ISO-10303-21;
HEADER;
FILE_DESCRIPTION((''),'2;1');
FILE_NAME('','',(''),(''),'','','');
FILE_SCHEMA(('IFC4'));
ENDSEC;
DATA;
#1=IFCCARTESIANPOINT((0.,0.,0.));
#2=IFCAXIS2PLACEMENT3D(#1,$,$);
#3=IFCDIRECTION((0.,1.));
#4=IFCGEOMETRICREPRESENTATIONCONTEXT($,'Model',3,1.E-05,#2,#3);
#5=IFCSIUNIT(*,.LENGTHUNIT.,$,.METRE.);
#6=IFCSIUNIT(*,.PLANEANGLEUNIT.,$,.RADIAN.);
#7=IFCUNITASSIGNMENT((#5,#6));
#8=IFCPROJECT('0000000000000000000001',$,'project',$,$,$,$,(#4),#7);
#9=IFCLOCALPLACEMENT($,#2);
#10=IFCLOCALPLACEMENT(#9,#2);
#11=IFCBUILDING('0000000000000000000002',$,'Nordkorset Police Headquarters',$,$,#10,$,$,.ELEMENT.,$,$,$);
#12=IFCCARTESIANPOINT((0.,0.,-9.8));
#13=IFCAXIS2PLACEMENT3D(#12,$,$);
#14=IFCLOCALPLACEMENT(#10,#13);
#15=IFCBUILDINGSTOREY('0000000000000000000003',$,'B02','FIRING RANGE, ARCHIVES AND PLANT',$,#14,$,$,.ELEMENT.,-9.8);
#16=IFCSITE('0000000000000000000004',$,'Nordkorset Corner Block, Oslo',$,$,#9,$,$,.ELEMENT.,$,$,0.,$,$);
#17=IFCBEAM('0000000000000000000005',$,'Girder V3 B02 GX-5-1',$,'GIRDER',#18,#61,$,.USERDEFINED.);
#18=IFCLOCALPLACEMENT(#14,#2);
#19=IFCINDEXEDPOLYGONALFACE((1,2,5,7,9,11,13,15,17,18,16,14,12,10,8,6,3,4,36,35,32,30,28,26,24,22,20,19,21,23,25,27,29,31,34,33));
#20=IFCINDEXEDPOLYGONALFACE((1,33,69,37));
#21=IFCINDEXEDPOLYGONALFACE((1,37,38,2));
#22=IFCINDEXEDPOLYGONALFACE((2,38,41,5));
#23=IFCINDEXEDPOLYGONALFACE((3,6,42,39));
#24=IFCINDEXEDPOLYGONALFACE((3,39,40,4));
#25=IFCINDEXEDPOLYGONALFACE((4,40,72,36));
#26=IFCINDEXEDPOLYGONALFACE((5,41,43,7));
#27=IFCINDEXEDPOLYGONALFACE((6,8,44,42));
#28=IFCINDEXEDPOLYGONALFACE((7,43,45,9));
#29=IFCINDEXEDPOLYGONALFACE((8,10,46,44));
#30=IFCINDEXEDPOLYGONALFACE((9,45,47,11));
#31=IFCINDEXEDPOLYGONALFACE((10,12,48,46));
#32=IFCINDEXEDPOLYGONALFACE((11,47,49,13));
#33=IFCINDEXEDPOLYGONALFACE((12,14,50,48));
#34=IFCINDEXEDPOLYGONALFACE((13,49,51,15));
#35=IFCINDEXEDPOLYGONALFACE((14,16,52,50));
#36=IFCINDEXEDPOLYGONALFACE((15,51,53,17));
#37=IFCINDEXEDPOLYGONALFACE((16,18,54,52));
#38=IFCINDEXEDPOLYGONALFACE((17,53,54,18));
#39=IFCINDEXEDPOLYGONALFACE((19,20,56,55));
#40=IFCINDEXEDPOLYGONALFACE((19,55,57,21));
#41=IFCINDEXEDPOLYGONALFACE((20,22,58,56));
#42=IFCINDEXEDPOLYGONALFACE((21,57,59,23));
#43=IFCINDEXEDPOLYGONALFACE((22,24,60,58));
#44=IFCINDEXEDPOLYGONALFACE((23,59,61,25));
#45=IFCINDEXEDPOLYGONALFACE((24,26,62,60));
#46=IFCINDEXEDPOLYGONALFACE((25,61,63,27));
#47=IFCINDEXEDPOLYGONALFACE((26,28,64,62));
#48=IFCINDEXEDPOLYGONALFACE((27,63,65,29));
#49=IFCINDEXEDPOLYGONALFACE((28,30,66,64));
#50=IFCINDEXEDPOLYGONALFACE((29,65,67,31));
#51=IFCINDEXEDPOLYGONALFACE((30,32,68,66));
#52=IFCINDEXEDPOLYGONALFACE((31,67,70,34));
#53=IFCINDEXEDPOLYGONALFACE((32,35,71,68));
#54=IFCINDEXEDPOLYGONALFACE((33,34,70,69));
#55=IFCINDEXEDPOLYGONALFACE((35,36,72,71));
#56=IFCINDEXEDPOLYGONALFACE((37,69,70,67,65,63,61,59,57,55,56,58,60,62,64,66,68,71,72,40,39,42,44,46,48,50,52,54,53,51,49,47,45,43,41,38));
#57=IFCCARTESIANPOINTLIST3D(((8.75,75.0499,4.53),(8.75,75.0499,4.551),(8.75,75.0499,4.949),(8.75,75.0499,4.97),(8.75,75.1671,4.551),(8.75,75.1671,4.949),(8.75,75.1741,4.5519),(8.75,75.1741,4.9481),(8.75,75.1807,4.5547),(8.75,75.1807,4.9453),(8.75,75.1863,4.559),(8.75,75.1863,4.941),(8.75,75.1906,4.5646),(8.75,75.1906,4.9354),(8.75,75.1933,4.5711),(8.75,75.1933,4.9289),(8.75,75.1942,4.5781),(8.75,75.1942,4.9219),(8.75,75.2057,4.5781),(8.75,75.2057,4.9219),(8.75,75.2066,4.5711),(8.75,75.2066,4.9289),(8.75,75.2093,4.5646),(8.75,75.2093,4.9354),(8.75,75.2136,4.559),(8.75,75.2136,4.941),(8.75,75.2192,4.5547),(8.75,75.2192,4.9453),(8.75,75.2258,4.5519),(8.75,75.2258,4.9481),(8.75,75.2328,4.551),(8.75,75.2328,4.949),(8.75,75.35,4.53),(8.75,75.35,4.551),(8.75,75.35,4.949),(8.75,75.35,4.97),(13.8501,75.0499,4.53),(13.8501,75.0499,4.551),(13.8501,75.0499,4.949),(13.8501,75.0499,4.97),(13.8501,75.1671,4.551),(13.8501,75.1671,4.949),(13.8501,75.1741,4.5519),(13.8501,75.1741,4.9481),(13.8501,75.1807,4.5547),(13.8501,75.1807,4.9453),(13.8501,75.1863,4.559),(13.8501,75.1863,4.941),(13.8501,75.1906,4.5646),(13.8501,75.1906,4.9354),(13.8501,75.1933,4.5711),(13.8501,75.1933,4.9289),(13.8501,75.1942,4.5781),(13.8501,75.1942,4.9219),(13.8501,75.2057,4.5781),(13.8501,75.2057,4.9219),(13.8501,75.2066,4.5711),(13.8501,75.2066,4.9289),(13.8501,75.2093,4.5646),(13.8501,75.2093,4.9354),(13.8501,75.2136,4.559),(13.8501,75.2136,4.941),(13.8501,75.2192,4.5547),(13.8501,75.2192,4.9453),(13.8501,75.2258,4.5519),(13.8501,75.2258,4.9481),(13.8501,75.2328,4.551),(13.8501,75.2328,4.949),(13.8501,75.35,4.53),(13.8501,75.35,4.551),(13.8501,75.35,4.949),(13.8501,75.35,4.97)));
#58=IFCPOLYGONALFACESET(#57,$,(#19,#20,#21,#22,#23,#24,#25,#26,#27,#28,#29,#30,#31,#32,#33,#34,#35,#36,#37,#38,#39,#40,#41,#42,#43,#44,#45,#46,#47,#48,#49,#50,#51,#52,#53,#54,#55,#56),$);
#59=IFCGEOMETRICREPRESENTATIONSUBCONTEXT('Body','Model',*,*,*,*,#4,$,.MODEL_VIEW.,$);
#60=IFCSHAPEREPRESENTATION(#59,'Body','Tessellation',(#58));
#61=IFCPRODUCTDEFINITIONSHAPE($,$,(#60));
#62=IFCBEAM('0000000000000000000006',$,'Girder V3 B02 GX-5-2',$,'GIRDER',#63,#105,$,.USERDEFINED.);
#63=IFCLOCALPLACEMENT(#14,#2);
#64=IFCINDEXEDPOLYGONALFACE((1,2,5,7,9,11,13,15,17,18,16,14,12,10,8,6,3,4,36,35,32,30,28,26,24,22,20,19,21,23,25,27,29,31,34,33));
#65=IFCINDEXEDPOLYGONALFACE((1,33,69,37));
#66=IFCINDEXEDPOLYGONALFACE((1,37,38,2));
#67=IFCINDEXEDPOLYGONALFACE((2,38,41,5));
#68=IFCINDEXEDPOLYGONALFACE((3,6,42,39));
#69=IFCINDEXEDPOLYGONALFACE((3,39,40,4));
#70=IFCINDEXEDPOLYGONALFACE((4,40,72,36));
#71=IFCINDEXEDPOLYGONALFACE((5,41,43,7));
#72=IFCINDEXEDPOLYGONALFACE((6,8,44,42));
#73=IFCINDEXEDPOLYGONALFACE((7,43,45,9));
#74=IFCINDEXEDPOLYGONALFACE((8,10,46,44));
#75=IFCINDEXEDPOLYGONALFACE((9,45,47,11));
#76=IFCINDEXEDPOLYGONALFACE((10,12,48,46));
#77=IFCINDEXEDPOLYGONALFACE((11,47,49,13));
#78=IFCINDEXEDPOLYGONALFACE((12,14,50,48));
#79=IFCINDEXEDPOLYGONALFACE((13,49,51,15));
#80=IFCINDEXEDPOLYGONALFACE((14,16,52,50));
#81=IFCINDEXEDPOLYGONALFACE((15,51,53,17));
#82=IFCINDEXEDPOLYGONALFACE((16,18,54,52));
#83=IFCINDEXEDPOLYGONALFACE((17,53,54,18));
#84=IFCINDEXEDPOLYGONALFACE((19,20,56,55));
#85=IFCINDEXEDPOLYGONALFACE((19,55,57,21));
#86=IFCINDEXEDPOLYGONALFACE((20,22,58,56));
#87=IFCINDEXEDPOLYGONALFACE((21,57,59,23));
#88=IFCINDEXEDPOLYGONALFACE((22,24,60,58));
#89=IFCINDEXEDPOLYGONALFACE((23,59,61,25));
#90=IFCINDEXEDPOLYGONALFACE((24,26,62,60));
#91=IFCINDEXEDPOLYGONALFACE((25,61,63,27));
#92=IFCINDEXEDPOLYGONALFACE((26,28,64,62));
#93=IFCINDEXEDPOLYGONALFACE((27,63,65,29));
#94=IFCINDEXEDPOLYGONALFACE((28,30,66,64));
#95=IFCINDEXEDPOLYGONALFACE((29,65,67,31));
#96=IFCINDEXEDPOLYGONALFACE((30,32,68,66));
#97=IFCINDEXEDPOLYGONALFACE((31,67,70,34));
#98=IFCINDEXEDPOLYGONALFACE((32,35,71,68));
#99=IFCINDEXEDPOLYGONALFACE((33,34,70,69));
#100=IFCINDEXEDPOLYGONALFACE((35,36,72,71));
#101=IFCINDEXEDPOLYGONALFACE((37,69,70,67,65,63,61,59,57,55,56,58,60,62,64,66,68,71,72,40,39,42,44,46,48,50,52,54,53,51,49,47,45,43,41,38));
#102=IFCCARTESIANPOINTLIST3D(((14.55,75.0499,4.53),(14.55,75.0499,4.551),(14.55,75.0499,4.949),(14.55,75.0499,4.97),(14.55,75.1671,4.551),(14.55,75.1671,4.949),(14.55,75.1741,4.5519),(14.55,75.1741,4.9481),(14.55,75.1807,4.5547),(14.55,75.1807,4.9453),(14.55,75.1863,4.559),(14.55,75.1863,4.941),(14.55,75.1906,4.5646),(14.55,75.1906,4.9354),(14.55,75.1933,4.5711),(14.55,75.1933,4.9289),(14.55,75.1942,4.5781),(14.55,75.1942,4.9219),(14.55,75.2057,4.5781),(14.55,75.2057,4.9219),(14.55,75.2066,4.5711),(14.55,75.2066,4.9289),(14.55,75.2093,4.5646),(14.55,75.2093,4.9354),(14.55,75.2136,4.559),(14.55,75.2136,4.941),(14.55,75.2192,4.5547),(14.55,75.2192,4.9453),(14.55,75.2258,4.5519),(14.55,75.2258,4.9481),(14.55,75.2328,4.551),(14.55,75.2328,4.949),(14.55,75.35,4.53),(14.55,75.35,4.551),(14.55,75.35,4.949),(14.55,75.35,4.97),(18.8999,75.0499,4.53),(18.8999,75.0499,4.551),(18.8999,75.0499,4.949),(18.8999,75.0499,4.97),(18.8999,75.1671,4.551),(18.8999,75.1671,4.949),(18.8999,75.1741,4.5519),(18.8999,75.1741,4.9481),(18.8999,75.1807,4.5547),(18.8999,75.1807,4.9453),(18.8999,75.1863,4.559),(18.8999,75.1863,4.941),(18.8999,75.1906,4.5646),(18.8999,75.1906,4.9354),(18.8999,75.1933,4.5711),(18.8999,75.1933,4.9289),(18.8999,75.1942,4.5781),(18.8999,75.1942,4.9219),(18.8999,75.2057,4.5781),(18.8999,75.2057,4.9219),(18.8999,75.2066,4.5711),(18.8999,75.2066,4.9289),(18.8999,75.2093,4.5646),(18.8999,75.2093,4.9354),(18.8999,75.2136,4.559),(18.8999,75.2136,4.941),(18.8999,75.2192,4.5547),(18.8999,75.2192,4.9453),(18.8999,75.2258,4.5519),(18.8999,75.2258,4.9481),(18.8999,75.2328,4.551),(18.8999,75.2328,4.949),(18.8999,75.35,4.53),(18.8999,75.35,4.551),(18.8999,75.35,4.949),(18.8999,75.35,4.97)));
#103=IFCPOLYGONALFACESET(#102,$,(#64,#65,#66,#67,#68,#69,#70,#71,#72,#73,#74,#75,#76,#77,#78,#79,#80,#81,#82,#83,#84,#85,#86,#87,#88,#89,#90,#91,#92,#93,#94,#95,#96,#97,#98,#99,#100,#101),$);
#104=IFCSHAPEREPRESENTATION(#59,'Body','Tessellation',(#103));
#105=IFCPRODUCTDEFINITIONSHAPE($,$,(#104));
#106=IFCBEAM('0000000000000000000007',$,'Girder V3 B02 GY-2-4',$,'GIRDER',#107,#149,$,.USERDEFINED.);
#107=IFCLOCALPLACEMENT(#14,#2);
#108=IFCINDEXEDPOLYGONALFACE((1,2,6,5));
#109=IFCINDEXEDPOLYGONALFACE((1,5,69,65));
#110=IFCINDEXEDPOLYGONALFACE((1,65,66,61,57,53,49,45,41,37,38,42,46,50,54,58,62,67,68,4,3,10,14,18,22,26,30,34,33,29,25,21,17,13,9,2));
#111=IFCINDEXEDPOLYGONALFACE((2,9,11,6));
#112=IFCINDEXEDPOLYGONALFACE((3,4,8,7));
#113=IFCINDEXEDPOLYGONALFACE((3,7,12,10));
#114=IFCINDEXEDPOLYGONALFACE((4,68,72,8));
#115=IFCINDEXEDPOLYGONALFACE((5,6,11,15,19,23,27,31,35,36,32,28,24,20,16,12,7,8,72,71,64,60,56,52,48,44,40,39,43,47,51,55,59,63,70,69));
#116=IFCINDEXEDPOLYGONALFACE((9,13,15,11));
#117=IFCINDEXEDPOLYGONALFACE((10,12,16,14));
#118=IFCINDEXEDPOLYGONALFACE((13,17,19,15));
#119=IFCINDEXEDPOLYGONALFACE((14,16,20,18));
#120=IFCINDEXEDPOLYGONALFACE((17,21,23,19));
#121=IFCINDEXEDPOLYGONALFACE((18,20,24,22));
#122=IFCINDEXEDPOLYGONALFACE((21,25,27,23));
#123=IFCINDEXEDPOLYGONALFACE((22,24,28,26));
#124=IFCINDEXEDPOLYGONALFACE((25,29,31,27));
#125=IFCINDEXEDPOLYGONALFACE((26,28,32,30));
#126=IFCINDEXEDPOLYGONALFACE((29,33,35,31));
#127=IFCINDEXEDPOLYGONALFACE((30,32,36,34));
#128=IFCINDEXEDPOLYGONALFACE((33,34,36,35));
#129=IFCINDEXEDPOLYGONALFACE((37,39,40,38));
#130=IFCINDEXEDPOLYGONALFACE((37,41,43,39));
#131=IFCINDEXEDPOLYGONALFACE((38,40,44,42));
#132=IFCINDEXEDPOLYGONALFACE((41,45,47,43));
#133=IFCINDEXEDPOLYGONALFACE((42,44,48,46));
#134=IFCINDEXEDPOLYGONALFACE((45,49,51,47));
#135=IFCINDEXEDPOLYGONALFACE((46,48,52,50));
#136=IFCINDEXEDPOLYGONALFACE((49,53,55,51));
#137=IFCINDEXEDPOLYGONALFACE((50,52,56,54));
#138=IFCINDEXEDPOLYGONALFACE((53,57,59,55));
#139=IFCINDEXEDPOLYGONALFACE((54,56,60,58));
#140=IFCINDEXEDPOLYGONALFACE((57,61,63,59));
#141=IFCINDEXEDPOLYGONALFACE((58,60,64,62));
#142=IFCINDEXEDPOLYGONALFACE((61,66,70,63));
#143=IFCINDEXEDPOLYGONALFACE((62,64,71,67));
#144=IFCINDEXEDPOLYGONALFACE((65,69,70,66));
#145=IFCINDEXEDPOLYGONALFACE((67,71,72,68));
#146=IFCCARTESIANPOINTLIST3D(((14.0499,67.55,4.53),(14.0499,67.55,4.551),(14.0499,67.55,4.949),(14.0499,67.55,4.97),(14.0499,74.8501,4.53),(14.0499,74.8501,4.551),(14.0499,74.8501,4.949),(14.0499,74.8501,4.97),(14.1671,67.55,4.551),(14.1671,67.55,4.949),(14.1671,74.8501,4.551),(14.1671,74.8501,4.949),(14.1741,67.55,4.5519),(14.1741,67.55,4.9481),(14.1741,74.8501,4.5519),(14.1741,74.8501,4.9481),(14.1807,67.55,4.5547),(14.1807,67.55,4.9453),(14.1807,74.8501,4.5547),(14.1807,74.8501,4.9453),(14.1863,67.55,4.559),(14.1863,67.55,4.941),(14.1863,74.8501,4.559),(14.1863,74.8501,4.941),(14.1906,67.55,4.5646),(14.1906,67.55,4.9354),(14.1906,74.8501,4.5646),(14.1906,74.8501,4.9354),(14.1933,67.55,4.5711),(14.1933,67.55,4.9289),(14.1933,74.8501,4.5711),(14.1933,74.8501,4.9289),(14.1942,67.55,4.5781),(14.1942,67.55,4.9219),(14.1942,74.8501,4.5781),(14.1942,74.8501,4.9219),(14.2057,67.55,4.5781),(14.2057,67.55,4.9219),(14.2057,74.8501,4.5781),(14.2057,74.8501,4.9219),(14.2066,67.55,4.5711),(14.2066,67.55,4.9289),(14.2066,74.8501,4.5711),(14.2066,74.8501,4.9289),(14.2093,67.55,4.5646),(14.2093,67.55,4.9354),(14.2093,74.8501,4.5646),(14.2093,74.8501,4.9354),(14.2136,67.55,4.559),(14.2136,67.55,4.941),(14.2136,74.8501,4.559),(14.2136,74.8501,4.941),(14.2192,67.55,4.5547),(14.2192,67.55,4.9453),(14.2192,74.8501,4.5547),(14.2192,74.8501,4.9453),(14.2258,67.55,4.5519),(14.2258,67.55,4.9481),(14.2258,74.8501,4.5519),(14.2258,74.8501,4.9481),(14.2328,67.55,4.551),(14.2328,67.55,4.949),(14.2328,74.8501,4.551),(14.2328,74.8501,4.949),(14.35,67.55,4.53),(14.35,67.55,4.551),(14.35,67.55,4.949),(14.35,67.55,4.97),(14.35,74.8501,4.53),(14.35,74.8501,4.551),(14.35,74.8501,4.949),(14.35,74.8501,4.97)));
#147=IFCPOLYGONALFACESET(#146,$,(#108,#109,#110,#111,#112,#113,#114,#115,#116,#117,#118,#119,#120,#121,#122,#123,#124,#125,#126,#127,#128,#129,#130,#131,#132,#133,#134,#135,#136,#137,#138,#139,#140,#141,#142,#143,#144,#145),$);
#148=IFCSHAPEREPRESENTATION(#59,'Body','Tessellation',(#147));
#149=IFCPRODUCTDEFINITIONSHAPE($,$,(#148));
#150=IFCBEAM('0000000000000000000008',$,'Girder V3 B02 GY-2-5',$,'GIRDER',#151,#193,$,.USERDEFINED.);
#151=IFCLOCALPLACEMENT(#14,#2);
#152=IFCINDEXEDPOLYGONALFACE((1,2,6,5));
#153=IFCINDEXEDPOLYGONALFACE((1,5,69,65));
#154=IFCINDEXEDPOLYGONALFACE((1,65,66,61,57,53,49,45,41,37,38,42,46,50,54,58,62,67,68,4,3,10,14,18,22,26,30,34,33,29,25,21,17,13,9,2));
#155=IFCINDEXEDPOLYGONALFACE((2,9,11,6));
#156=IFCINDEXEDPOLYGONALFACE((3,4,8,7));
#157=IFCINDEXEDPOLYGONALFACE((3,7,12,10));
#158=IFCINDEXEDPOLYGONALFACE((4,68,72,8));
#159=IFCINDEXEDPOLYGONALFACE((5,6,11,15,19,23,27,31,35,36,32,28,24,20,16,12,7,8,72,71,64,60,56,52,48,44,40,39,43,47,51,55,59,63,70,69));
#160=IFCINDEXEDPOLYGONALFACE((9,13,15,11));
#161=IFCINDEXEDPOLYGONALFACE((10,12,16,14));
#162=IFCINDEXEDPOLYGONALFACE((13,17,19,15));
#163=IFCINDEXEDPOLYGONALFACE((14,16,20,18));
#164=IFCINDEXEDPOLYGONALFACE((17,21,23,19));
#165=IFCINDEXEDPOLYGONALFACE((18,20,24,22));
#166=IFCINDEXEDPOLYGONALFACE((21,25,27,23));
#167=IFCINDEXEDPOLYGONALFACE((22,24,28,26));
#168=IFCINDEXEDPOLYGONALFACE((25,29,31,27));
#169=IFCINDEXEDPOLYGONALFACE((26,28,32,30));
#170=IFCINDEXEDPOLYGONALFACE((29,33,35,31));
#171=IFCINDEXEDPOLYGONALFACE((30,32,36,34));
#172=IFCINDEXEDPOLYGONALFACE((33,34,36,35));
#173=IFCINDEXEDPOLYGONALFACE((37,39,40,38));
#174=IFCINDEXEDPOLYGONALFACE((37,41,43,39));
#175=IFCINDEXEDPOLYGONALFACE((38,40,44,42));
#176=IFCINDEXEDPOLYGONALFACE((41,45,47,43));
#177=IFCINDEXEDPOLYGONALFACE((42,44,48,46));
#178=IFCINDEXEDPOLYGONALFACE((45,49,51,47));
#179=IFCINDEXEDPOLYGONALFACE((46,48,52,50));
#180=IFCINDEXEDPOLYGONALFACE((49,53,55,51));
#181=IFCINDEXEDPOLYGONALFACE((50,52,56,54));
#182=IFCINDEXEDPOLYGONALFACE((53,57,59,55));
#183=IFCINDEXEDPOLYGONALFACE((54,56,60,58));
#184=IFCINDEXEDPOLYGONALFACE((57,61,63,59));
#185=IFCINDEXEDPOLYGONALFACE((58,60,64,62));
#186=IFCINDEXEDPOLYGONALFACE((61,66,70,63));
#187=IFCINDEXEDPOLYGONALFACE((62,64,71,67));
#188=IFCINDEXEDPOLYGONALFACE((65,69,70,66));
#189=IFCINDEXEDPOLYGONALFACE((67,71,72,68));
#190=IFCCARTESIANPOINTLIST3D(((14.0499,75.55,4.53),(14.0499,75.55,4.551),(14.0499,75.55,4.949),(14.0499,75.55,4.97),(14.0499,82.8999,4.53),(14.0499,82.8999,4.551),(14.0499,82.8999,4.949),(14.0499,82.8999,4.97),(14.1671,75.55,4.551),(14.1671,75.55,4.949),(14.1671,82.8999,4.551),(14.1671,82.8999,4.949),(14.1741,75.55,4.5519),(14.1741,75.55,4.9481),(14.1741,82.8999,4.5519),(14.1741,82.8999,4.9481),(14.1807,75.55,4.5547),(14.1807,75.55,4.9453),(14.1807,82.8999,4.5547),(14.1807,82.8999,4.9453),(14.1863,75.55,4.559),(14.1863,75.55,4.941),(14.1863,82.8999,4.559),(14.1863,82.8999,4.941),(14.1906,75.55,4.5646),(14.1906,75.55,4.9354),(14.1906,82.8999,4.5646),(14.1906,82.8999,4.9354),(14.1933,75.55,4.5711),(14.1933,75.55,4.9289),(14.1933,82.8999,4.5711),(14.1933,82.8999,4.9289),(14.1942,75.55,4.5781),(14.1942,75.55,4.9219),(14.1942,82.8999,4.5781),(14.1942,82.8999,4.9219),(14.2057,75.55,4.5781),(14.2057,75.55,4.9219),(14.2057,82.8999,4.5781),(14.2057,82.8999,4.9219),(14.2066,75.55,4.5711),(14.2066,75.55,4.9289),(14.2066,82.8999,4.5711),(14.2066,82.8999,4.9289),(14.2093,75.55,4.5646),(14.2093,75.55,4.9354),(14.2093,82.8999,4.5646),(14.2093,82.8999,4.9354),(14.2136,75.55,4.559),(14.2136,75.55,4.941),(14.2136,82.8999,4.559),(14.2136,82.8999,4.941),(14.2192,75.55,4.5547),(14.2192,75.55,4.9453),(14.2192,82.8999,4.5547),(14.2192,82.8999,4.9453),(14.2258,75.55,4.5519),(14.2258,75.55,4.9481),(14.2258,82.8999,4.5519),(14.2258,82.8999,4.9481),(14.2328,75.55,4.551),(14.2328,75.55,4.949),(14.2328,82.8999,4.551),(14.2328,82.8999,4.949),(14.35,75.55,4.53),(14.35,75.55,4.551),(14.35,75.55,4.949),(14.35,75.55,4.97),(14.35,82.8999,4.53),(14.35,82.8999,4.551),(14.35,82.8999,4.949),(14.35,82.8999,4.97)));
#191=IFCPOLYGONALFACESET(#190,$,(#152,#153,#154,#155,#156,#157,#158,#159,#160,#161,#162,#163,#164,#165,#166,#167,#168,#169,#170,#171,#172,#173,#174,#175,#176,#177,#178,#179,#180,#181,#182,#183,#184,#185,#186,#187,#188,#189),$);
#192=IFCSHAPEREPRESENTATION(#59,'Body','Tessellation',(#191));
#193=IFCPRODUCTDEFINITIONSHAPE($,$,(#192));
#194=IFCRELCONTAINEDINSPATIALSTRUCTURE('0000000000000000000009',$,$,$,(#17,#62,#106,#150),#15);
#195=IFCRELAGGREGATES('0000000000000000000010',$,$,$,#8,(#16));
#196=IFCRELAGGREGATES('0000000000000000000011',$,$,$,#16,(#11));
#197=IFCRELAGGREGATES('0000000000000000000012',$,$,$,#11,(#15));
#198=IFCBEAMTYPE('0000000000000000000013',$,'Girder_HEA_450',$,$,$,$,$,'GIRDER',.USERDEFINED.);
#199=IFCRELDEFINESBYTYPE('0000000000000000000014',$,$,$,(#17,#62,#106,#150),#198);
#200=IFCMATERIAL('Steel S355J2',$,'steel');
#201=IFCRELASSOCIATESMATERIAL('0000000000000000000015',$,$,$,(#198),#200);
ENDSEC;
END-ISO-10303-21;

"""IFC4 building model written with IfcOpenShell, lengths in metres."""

from ifc_helpers import new_model, si_unit, direction, frame, origin, origin_2d, place, context, subcontext, project, spatial, i_section, extrude, material, material_profile, profile_set, type_object, element, save


model = new_model("IFC4")

# Units and contexts
model_context = context("Model", 3, precision=1e-05, world=origin(), true_north=direction((0.0, 1.0)))
body_context = subcontext(model_context, "Body", "Model", "MODEL_VIEW")
ifc_project = project(units=[si_unit("LENGTHUNIT", "METRE"), si_unit("PLANEANGLEUNIT", "RADIAN")], contexts=[model_context])

# Site, building, storey
site_placement = place(None, origin())
site = spatial("IfcSite", under=ifc_project, at=site_placement, Name="Nordkorset Corner Block, Oslo", CompositionType="ELEMENT", RefElevation=0.0)
building_placement = place(site_placement, origin())
building = spatial("IfcBuilding", under=site, at=building_placement, Name="Nordkorset Police Headquarters", CompositionType="ELEMENT")
storey_placement = place(building_placement, frame((0.0, 0.0, -9.8)))
storey = spatial("IfcBuildingStorey", under=building, at=storey_placement, Name="B02", Description="FIRING RANGE, ARCHIVES AND PLANT", CompositionType="ELEMENT", Elevation=-9.8)

# Beams
ifc_material_1 = material(Name="Steel S355J2", Category="steel")
ifc_material_profile_1 = material_profile(ifc_material_1, i_section(OverallWidth=0.3, OverallDepth=0.4399, WebThickness=0.0115, FlangeThickness=0.021, FilletRadius=0.0271, at=origin_2d()), Name="HEA 450")
ifc_profile_set_1 = profile_set([ifc_material_profile_1], Name="Steel S355J2")
beam_type_1 = type_object("IfcBeamType", Name="Girder_HEA_450", ElementType="GIRDER", PredefinedType="USERDEFINED", material=ifc_profile_set_1)
beam_1_placement = place(storey_placement, frame((8.75, 75.2, 4.75), z_axis=(1.0, 0.0, 0.0), x_axis=(0.0, 1.0, 0.0)))
element("IfcBeam", 1, at=beam_1_placement, inside=storey, type_object=beam_type_1, Name="Girder V3 B02 GX-5-1", ObjectType="GIRDER", PredefinedType="USERDEFINED", context=body_context, shape_type="SweptSolid", body=[
    extrude(i_section(OverallWidth=0.3, OverallDepth=0.4399, WebThickness=0.0115, FlangeThickness=0.021, FilletRadius=0.0271, at=origin_2d()), origin(), (0.0, 0.0, 1.0), 5.1001),
])
beam_2_placement = place(storey_placement, frame((14.55, 75.2, 4.75), z_axis=(1.0, 0.0, 0.0), x_axis=(0.0, 1.0, 0.0)))
element("IfcBeam", 2, at=beam_2_placement, inside=storey, type_object=beam_type_1, Name="Girder V3 B02 GX-5-2", ObjectType="GIRDER", PredefinedType="USERDEFINED", context=body_context, shape_type="SweptSolid", body=[
    extrude(i_section(OverallWidth=0.3, OverallDepth=0.4399, WebThickness=0.0115, FlangeThickness=0.021, FilletRadius=0.0271, at=origin_2d()), origin(), (0.0, 0.0, 1.0), 4.3499),
])
beam_3_placement = place(storey_placement, frame((14.2, 67.55, 4.75), z_axis=(0.0, 1.0, 0.0), x_axis=(-1.0, 0.0, 0.0)))
element("IfcBeam", 3, at=beam_3_placement, inside=storey, type_object=beam_type_1, Name="Girder V3 B02 GY-2-4", ObjectType="GIRDER", PredefinedType="USERDEFINED", context=body_context, shape_type="SweptSolid", body=[
    extrude(i_section(OverallWidth=0.3, OverallDepth=0.4399, WebThickness=0.0115, FlangeThickness=0.021, FilletRadius=0.0271, at=origin_2d()), origin(), (0.0, 0.0, 1.0), 7.3),
])
beam_4_placement = place(storey_placement, frame((14.2, 75.55, 4.75), z_axis=(0.0, 1.0, 0.0), x_axis=(-1.0, 0.0, 0.0)))
element("IfcBeam", 4, at=beam_4_placement, inside=storey, type_object=beam_type_1, Name="Girder V3 B02 GY-2-5", ObjectType="GIRDER", PredefinedType="USERDEFINED", context=body_context, shape_type="SweptSolid", body=[
    extrude(i_section(OverallWidth=0.3, OverallDepth=0.4399, WebThickness=0.0115, FlangeThickness=0.021, FilletRadius=0.0271, at=origin_2d()), origin(), (0.0, 0.0, 1.0), 7.3499),
])

save(model, "model.ifc")
